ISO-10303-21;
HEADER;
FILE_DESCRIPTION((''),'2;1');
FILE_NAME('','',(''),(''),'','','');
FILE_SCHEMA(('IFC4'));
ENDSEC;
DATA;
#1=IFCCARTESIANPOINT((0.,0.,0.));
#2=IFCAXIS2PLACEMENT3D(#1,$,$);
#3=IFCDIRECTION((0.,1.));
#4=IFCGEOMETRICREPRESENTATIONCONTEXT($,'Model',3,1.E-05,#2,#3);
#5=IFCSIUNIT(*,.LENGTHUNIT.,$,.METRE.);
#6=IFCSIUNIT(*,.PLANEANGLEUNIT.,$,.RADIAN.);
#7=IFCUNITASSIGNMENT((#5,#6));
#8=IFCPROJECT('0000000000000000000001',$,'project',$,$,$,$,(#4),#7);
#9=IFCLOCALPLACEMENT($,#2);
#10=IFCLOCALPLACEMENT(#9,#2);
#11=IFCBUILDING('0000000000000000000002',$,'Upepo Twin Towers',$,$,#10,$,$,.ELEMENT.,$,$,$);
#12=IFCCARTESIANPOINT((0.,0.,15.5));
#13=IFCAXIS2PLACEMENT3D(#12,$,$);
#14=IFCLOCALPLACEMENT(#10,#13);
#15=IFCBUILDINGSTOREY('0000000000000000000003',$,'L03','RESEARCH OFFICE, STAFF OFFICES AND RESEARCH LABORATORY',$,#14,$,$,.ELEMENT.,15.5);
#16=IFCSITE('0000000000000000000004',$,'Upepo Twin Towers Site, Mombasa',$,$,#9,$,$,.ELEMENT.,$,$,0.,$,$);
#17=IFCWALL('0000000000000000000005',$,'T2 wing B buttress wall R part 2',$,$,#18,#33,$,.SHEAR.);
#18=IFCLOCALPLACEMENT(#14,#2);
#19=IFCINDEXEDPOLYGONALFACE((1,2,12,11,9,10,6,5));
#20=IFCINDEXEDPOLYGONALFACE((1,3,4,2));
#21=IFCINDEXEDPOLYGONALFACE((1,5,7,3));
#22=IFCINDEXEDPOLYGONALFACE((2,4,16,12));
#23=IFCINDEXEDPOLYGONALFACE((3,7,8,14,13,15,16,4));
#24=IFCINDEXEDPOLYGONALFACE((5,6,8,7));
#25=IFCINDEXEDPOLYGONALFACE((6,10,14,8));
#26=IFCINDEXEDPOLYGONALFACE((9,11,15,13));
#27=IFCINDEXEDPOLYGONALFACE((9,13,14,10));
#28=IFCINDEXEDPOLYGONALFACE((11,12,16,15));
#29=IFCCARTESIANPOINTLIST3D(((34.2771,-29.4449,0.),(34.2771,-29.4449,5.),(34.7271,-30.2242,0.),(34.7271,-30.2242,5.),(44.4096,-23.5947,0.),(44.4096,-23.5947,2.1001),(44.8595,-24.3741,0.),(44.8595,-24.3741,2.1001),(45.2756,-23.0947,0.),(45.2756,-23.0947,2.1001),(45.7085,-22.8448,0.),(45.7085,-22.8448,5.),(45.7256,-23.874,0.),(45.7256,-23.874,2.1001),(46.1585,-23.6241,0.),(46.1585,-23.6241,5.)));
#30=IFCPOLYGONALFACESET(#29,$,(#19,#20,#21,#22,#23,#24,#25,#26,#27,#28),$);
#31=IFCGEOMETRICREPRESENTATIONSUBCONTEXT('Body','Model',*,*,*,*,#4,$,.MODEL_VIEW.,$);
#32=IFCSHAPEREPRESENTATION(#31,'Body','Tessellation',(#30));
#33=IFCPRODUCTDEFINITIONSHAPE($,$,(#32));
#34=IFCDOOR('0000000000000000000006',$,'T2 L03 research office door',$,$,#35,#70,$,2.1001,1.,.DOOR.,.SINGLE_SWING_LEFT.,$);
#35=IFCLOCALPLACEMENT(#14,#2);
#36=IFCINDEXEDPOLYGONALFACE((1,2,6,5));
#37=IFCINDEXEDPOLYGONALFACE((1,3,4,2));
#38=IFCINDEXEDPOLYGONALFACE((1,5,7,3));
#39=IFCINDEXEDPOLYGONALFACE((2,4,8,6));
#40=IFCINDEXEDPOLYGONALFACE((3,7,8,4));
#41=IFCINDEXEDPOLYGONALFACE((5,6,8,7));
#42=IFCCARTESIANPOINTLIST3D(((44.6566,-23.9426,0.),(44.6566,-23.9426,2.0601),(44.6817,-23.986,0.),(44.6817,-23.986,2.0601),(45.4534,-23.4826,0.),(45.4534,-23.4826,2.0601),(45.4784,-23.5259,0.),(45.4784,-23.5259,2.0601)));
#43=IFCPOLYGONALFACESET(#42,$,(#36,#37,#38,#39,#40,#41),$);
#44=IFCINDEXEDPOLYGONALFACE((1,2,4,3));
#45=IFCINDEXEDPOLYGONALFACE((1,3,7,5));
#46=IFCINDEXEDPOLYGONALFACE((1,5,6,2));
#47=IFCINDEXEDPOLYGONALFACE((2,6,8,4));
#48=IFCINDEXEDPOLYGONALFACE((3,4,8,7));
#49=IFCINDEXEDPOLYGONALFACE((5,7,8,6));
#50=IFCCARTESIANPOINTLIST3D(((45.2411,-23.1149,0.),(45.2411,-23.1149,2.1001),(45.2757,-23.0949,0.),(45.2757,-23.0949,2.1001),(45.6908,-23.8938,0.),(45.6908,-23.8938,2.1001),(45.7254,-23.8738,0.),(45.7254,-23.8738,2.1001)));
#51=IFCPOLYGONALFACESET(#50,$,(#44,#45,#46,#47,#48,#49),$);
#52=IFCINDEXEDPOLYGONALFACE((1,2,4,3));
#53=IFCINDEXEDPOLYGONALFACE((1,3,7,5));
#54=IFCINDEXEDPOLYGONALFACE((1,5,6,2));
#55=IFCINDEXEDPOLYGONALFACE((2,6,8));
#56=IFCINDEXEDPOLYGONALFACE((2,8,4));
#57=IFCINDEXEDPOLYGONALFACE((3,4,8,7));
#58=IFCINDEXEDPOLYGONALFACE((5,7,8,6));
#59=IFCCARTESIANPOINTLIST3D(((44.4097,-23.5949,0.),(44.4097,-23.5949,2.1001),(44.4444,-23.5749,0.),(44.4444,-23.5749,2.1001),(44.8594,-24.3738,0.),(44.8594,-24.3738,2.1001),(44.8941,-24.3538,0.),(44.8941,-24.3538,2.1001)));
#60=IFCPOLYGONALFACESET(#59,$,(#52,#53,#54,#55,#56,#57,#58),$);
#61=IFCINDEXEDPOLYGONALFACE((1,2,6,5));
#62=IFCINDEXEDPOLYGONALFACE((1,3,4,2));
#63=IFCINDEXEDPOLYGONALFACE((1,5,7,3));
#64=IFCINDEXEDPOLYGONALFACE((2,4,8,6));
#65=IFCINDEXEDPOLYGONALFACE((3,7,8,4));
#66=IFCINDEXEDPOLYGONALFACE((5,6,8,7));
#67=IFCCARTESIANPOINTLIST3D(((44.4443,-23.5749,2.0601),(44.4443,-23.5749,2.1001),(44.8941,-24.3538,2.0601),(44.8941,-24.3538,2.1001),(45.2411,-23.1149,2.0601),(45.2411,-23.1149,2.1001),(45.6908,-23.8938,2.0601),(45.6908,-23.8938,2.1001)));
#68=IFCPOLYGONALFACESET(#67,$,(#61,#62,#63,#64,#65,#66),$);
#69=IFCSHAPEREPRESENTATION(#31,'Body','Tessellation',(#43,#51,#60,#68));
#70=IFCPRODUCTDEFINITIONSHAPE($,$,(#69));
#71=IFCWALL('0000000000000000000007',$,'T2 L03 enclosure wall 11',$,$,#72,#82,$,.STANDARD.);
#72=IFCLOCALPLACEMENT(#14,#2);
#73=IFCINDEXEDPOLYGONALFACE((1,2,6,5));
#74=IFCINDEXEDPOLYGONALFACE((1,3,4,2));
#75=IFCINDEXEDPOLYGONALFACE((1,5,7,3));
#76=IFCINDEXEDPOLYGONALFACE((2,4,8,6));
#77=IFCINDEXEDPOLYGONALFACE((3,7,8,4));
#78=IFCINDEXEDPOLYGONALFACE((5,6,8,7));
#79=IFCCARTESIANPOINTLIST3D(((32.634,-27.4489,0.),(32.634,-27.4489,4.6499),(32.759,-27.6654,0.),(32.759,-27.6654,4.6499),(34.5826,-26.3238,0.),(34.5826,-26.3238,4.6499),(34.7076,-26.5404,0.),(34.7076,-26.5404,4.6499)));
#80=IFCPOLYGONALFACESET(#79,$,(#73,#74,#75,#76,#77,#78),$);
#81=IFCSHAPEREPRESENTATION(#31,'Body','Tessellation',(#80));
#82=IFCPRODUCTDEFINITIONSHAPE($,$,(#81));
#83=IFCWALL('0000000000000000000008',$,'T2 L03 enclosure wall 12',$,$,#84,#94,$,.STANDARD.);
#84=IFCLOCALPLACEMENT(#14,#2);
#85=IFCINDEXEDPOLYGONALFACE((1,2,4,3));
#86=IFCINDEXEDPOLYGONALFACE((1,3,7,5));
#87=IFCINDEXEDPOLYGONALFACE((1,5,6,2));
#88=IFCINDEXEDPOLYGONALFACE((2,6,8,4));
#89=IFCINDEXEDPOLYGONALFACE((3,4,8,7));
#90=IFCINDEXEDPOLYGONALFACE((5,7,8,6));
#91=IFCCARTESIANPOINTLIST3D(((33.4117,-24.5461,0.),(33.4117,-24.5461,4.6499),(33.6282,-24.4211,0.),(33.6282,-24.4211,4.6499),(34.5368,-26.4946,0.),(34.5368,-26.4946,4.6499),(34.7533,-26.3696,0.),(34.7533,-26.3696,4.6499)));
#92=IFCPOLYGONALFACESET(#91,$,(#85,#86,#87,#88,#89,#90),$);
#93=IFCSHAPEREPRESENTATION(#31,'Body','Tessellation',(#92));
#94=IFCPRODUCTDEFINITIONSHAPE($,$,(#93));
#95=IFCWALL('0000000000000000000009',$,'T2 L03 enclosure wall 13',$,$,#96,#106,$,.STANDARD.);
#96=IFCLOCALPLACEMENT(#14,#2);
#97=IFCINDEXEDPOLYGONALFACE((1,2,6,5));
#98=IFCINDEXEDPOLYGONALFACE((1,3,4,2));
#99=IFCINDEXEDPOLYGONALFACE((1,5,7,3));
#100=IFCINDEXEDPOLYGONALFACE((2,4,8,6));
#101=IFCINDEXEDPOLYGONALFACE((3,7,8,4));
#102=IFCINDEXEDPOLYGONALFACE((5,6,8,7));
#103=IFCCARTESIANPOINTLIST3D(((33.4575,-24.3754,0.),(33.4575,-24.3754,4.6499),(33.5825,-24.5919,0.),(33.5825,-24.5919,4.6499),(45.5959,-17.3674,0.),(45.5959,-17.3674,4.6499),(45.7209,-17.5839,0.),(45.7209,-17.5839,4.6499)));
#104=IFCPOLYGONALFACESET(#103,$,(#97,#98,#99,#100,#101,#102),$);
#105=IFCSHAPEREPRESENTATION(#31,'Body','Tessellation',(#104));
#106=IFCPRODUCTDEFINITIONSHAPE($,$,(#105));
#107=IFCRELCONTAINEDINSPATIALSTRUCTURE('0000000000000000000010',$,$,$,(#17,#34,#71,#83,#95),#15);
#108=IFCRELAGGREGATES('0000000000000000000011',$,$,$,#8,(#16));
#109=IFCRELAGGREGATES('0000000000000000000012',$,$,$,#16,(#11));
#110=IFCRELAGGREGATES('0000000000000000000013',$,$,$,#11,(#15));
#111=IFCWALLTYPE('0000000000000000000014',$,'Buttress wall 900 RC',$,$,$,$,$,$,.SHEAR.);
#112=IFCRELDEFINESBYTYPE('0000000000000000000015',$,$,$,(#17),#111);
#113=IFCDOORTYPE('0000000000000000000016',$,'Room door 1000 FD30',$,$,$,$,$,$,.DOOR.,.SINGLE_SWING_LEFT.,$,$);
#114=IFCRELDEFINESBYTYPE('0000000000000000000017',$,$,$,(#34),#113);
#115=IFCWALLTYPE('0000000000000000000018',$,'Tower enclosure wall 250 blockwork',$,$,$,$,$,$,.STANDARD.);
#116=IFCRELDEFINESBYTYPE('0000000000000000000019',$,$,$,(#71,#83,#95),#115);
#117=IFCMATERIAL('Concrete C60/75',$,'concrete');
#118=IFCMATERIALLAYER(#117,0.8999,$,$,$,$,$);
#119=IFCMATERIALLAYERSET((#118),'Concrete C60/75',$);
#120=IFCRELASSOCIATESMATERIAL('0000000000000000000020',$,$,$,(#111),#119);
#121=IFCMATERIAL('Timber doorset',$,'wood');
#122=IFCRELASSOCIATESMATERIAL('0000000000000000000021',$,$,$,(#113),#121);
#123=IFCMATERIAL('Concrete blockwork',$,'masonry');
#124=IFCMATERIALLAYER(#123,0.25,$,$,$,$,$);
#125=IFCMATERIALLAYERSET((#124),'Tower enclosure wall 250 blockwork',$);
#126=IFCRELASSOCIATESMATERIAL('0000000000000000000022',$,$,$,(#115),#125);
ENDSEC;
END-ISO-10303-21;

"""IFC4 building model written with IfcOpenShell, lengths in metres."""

from ifc_helpers import new_model, si_unit, direction, frame, frame_2d, origin, place, context, subcontext, project, spatial, rectangle, extrude, material, layer, layer_set, type_object, element, fill, save


model = new_model("IFC4")

# Units and contexts
model_context = context("Model", 3, precision=1e-05, world=origin(), true_north=direction((0.0, 1.0)))
body_context = subcontext(model_context, "Body", "Model", "MODEL_VIEW")
ifc_project = project(units=[si_unit("LENGTHUNIT", "METRE"), si_unit("PLANEANGLEUNIT", "RADIAN")], contexts=[model_context])

# Site, building, storey
site_placement = place(None, origin())
site = spatial("IfcSite", under=ifc_project, at=site_placement, Name="Upepo Twin Towers Site, Mombasa", CompositionType="ELEMENT", RefElevation=0.0)
building_placement = place(site_placement, origin())
building = spatial("IfcBuilding", under=site, at=building_placement, Name="Upepo Twin Towers", CompositionType="ELEMENT")
storey_placement = place(building_placement, frame((0.0, 0.0, 15.5)))
storey = spatial("IfcBuildingStorey", under=building, at=storey_placement, Name="L03", Description="RESEARCH OFFICE, STAFF OFFICES AND RESEARCH LABORATORY", CompositionType="ELEMENT", Elevation=15.5)

# Wall, opening, door
ifc_material_1 = material(Name="Concrete C60/75", Category="concrete")
ifc_layer_1 = layer(ifc_material_1, 0.8999)
ifc_layer_set_1 = layer_set([ifc_layer_1], Name="Concrete C60/75")
wall_type_1 = type_object("IfcWallType", Name="Buttress wall 900 RC", PredefinedType="SHEAR", material=ifc_layer_set_1)
ifc_material_2 = material(Name="Timber doorset", Category="wood")
door_type = type_object("IfcDoorType", Name="Room door 1000 FD30", OperationType="SINGLE_SWING_LEFT", PredefinedType="DOOR", material=ifc_material_2)
wall_1_placement = place(storey_placement, frame((45.9336, -23.2344, 0.0), z_axis=(0.0, 0.0, 1.0), x_axis=(-0.86602, -0.50001, 0.0)))
wall_1 = element("IfcWall", 1, at=wall_1_placement, inside=storey, type_object=wall_type_1, Name="T2 wing B buttress wall R part 2", PredefinedType="SHEAR", context=body_context, shape_type="SweptSolid", body=[
    extrude(rectangle(XDim=13.2, YDim=0.8999, at=frame_2d((6.6001, 0.0))), origin(), (0.0, 0.0, 1.0), 5.0),
])
opening_1_placement = place(wall_1_placement, frame((0.5, 0.0, 0.0)))
opening_1 = element("IfcOpeningElement", 2, at=opening_1_placement, cuts=wall_1, PredefinedType="OPENING", context=body_context, shape_type="SweptSolid", body=[
    extrude(rectangle(XDim=1.0, YDim=2.1001, at=frame_2d((0.5, 1.05))), frame((0.0, 0.46, 0.0), z_axis=(0.0, -1.0, 0.0), x_axis=(1.0, 0.0, 0.0)), (0.0, 0.0, 1.0), 0.9199),
])
door_1_placement = place(opening_1_placement, origin())
door_1 = element("IfcDoor", 3, at=door_1_placement, inside=storey, type_object=door_type, Name="T2 L03 research office door", OperationType="SINGLE_SWING_LEFT", OverallHeight=2.1001, OverallWidth=1.0, PredefinedType="DOOR", context=body_context, shape_type="SweptSolid", body=[
    extrude(rectangle(XDim=0.92, YDim=2.0601, at=frame_2d((0.5, 1.03))), frame((0.0, 0.0249, 0.0), z_axis=(0.0, -1.0, 0.0), x_axis=(1.0, 0.0, 0.0)), (0.0, 0.0, 1.0), 0.05),
    extrude(rectangle(XDim=0.04, YDim=2.1001, at=frame_2d((0.02, 1.05))), frame((0.0, 0.4497, 0.0), z_axis=(0.0, -1.0, 0.0), x_axis=(1.0, 0.0, 0.0)), (0.0, 0.0, 1.0), 0.8994),
    extrude(rectangle(XDim=0.04, YDim=2.1001, at=frame_2d((0.98, 1.05))), frame((0.0, 0.4497, 0.0), z_axis=(0.0, -1.0, 0.0), x_axis=(1.0, 0.0, 0.0)), (0.0, 0.0, 1.0), 0.8994),
    extrude(rectangle(XDim=0.92, YDim=0.04, at=frame_2d((0.5, 2.0801))), frame((0.0, 0.4497, 0.0), z_axis=(0.0, -1.0, 0.0), x_axis=(1.0, 0.0, 0.0)), (0.0, 0.0, 1.0), 0.8994),
])
fill(opening_1, door_1)

# Walls
ifc_material_3 = material(Name="Concrete blockwork", Category="masonry")
ifc_layer_2 = layer(ifc_material_3, 0.25)
ifc_layer_set_2 = layer_set([ifc_layer_2], Name="Tower enclosure wall 250 blockwork")
wall_type_2 = type_object("IfcWallType", Name="Tower enclosure wall 250 blockwork", PredefinedType="STANDARD", material=ifc_layer_set_2)
for number, where, z_axis, x_axis, name in (
    (4, (32.6965, -27.5571, 0.0), (0.0, 0.0, 1.0), (0.866018, 0.500014, 0.0), "T2 L03 enclosure wall 11"),
    (5, (34.645, -26.4321, 0.0), (0.0, 0.0, 1.0), (-0.500014, 0.866018, 0.0), "T2 L03 enclosure wall 12"),
):
    element("IfcWall", number, at=place(storey_placement, frame(where, z_axis=z_axis, x_axis=x_axis)), inside=storey, type_object=wall_type_2, Name=name, PredefinedType="STANDARD", context=body_context, shape_type="SweptSolid", body=[
        extrude(rectangle(XDim=2.25, YDim=0.25, at=frame_2d((1.125, 0.0))), origin(), (0.0, 0.0, 1.0), 4.6499),
    ])
wall_2_placement = place(storey_placement, frame((33.52, -24.4836, 0.0), z_axis=(0.0, 0.0, 1.0), x_axis=(0.866028, 0.499996, 0.0)))
element("IfcWall", 6, at=wall_2_placement, inside=storey, type_object=wall_type_2, Name="T2 L03 enclosure wall 13", PredefinedType="STANDARD", context=body_context, shape_type="SweptSolid", body=[
    extrude(rectangle(XDim=14.0161, YDim=0.25, at=frame_2d((7.0081, 0.0))), origin(), (0.0, 0.0, 1.0), 4.6499),
])

save(model, "model.ifc")
